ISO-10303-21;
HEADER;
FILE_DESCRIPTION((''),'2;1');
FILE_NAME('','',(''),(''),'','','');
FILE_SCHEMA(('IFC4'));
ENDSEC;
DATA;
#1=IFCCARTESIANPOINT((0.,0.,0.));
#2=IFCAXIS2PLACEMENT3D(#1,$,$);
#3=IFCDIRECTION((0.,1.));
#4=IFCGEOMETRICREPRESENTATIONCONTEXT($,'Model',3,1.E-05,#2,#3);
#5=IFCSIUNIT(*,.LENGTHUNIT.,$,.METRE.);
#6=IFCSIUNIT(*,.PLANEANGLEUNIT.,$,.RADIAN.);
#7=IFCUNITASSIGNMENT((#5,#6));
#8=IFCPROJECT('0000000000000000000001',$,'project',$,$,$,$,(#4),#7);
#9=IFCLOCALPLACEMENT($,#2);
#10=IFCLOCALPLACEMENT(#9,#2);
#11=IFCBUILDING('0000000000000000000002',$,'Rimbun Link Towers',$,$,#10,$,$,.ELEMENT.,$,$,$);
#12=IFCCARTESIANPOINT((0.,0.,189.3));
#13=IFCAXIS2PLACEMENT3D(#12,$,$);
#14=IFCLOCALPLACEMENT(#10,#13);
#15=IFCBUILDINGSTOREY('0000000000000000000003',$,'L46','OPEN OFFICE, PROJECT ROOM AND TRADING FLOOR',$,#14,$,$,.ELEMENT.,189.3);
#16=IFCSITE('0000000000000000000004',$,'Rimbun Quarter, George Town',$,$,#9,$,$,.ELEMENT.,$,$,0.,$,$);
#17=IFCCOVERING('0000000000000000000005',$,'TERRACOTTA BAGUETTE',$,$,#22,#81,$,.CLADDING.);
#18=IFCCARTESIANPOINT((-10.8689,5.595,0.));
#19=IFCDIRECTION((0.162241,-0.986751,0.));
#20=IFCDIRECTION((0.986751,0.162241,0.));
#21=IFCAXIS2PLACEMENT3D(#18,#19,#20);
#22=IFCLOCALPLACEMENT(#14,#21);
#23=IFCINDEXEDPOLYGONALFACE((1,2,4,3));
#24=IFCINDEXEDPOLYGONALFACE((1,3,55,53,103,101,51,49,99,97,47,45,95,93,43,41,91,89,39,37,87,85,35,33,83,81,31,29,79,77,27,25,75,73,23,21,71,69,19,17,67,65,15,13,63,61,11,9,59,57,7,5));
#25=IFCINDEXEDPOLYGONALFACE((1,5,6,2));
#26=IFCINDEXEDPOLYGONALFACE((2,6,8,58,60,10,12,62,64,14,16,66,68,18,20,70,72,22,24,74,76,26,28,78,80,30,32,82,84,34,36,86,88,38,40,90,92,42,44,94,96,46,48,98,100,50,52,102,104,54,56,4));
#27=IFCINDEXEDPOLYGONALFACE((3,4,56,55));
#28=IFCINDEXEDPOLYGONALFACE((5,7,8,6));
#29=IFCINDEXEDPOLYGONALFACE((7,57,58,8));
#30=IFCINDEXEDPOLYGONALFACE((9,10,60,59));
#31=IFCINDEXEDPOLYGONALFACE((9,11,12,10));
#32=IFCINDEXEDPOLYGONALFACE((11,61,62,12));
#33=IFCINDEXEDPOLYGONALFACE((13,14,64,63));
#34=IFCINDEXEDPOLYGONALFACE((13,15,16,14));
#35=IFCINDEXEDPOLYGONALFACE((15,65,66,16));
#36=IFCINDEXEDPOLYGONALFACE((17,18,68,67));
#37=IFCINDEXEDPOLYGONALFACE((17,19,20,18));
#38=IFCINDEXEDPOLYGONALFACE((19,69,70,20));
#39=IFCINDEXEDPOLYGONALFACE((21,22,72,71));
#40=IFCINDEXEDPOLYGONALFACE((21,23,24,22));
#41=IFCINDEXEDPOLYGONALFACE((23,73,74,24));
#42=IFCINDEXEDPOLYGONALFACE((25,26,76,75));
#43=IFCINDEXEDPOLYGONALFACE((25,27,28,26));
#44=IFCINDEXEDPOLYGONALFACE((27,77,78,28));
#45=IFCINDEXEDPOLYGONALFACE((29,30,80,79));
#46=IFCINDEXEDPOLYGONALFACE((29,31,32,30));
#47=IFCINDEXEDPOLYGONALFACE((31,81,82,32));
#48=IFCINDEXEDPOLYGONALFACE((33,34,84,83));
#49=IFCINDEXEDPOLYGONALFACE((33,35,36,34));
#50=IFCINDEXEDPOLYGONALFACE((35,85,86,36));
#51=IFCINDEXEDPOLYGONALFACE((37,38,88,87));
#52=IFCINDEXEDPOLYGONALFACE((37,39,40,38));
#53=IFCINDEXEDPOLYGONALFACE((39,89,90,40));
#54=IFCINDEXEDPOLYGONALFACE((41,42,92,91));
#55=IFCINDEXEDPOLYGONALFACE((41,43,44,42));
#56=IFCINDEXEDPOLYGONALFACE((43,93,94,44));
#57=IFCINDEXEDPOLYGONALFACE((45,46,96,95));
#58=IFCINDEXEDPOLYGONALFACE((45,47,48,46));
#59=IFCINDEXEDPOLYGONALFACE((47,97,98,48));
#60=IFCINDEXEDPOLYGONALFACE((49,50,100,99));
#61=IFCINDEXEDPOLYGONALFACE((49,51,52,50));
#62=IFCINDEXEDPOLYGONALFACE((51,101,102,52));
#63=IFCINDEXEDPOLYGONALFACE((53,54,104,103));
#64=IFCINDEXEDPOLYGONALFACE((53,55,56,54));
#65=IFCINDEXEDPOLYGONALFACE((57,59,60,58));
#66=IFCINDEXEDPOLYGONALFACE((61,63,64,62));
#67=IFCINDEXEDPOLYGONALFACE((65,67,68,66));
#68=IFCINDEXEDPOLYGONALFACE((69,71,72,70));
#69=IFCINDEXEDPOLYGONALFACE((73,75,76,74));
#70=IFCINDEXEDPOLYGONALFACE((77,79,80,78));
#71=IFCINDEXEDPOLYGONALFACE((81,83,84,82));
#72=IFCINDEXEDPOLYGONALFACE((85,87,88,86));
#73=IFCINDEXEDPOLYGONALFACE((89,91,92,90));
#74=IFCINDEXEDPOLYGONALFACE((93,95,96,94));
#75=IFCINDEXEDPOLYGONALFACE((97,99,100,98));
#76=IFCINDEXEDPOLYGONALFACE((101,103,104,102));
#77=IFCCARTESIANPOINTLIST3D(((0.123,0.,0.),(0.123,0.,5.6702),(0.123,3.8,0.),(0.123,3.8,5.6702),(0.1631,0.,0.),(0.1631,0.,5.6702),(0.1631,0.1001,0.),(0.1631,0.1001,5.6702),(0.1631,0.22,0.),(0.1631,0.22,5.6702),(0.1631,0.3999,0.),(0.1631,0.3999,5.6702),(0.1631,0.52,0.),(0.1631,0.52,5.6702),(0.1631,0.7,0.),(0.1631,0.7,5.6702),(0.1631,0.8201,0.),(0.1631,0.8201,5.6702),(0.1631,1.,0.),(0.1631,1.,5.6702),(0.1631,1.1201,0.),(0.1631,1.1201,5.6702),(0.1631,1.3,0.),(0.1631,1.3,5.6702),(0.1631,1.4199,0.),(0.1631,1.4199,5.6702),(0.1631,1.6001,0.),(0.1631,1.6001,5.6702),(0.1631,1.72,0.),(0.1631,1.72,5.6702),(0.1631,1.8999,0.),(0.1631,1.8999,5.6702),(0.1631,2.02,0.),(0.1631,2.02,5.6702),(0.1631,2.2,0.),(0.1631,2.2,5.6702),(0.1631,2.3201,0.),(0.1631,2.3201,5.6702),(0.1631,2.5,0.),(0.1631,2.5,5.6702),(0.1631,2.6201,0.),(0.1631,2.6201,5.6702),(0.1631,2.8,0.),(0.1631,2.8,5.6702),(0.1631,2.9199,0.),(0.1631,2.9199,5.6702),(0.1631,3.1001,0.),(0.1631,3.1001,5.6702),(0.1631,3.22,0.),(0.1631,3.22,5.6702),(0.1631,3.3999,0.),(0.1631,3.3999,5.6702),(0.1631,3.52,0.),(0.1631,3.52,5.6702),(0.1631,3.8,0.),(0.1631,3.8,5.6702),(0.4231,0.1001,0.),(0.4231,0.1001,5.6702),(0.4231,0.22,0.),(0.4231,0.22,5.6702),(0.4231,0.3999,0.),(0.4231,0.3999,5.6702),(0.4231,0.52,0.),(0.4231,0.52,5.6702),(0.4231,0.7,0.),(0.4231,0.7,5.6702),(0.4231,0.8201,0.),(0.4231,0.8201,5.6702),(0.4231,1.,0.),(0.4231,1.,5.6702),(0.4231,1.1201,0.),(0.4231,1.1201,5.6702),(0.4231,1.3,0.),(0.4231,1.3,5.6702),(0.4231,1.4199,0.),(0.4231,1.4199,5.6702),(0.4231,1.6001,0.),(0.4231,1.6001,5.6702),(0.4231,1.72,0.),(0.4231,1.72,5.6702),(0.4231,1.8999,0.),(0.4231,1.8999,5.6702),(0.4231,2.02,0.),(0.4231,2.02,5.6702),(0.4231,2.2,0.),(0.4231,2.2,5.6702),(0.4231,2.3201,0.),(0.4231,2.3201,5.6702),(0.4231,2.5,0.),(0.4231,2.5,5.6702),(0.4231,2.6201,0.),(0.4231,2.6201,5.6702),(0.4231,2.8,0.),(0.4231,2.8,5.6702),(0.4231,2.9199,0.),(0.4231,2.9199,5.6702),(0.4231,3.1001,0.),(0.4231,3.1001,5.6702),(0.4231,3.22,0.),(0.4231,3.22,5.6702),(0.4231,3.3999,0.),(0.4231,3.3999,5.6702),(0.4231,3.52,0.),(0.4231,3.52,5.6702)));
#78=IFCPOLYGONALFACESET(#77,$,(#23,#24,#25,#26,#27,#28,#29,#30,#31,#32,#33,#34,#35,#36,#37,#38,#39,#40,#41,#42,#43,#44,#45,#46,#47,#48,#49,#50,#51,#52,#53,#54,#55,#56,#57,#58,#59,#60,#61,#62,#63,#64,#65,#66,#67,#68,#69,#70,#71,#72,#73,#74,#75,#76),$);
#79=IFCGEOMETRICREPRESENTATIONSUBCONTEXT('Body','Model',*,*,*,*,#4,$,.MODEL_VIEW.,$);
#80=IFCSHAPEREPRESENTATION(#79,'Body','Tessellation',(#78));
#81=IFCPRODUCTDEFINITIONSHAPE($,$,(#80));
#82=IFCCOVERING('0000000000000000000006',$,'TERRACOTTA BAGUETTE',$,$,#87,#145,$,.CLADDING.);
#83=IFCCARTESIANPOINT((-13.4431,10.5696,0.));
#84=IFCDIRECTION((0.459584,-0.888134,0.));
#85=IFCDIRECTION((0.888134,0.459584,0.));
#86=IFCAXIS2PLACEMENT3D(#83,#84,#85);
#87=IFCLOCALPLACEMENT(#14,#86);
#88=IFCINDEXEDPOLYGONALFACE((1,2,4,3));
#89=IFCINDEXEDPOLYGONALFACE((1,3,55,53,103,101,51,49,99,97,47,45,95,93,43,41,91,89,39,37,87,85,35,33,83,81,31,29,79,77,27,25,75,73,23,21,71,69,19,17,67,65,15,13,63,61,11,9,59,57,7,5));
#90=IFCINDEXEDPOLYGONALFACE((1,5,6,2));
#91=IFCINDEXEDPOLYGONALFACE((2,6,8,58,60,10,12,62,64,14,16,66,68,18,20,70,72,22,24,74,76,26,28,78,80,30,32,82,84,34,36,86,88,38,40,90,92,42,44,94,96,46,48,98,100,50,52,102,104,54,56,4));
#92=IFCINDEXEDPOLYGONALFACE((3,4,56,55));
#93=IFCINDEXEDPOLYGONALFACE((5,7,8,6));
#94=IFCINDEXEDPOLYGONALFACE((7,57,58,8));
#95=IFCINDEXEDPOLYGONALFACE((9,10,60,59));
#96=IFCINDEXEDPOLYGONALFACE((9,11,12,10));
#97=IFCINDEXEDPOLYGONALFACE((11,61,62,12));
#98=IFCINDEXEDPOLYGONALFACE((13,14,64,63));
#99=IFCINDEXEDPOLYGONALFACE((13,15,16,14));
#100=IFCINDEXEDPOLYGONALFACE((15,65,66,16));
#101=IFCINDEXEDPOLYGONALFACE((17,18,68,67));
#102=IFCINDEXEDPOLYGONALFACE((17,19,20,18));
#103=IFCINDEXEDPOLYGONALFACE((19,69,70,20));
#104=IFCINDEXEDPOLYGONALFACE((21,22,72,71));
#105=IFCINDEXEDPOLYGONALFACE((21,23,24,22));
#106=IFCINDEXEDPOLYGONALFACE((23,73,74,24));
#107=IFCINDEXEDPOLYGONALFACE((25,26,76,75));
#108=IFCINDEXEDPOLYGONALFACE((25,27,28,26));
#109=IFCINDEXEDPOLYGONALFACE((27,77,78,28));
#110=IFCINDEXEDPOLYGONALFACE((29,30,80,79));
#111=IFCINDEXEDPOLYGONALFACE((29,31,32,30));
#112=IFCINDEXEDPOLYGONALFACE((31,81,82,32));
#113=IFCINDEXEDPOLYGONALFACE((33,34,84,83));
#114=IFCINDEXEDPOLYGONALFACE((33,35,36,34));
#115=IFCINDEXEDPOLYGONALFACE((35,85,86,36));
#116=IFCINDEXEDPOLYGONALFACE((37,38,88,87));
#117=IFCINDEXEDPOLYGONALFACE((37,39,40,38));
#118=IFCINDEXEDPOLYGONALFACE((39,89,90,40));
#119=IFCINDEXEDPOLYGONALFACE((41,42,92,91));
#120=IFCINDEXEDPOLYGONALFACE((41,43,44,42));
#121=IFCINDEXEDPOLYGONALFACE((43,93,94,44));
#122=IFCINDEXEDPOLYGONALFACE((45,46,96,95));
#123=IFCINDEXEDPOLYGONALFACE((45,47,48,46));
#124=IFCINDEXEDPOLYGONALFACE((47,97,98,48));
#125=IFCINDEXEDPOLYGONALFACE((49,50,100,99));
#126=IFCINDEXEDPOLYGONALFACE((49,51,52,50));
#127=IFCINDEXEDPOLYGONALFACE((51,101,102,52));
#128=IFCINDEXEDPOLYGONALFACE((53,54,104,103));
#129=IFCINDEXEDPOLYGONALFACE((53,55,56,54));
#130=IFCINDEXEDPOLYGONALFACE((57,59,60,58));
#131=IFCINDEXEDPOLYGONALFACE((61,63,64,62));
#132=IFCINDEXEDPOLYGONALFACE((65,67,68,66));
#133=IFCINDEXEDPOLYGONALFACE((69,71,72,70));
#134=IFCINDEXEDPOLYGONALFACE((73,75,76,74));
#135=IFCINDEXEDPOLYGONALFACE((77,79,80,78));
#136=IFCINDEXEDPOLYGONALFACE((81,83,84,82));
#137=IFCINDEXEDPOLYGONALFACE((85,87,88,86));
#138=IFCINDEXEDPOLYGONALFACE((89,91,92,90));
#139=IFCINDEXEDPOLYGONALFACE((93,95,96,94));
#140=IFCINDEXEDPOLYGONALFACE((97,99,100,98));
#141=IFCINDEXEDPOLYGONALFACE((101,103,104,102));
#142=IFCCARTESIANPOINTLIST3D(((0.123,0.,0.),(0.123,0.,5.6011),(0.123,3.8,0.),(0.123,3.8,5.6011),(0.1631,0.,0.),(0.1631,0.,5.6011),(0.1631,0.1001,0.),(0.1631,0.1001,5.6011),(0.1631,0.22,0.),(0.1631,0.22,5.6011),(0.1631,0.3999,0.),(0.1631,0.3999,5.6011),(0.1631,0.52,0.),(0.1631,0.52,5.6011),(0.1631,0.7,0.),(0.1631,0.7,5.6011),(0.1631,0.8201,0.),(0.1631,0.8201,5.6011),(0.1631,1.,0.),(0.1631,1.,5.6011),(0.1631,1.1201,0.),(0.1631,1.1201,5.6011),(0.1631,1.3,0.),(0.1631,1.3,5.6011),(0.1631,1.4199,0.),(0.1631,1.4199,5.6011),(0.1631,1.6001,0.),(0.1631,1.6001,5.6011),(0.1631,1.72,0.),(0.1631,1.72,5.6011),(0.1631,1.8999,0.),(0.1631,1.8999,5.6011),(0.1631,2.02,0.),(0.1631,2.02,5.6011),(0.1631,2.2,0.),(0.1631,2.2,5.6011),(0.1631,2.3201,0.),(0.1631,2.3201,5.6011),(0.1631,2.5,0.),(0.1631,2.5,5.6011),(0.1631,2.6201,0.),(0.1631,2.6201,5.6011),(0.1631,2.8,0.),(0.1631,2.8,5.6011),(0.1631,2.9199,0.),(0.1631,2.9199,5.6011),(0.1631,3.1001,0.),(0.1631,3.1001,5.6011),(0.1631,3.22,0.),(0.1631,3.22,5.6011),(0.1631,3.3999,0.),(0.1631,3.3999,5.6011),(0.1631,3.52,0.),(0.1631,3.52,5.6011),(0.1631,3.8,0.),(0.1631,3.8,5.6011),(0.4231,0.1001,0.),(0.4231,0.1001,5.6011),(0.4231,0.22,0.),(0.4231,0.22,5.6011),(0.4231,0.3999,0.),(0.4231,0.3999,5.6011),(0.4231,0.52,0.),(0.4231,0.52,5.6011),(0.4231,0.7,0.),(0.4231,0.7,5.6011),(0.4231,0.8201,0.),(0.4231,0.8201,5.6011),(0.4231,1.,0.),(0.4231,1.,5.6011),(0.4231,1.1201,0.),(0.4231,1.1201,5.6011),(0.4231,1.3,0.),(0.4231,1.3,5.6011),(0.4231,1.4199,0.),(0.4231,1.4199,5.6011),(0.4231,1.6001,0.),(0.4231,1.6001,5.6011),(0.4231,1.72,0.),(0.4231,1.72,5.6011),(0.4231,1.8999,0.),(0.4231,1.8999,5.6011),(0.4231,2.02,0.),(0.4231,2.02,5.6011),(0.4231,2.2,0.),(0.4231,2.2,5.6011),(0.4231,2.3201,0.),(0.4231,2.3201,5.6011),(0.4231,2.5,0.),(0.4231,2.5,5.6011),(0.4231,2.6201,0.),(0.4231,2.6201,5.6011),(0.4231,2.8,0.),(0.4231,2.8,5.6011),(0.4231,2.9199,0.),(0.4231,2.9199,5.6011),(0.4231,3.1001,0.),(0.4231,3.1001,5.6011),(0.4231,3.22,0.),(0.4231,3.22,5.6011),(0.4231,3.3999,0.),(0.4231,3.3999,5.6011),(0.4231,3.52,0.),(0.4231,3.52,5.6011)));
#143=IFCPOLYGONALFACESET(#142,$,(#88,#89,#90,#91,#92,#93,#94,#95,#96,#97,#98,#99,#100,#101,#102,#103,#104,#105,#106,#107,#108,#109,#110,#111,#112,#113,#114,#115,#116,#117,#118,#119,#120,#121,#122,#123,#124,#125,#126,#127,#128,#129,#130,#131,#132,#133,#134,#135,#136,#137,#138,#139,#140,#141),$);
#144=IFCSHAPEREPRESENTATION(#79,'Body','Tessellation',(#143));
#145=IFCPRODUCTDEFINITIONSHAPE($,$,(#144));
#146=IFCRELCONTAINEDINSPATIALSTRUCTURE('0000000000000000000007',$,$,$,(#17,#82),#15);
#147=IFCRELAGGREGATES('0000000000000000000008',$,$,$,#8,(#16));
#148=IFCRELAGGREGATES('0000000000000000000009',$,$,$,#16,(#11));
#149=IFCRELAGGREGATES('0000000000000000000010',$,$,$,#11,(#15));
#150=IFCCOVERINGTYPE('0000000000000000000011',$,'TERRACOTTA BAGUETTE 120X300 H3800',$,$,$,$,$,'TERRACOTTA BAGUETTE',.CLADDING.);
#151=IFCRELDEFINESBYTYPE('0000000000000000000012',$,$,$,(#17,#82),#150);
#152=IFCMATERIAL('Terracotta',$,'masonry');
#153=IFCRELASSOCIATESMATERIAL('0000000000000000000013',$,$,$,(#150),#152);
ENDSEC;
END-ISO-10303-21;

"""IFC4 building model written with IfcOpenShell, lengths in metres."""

from ifc_helpers import new_model, si_unit, direction, frame, origin, place, context, subcontext, project, spatial, polyline, outline, extrude, material, material_profile, profile_set, type_object, element, save


model = new_model("IFC4")

# Units and contexts
model_context = context("Model", 3, precision=1e-05, world=origin(), true_north=direction((0.0, 1.0)))
body_context = subcontext(model_context, "Body", "Model", "MODEL_VIEW")
ifc_project = project(units=[si_unit("LENGTHUNIT", "METRE"), si_unit("PLANEANGLEUNIT", "RADIAN")], contexts=[model_context])

# Site, building, storey
site_placement = place(None, origin())
site = spatial("IfcSite", under=ifc_project, at=site_placement, Name="Rimbun Quarter, George Town", CompositionType="ELEMENT", RefElevation=0.0)
building_placement = place(site_placement, origin())
building = spatial("IfcBuilding", under=site, at=building_placement, Name="Rimbun Link Towers", CompositionType="ELEMENT")
storey_placement = place(building_placement, frame((0.0, 0.0, 189.3)))
storey = spatial("IfcBuildingStorey", under=building, at=storey_placement, Name="L46", Description="OPEN OFFICE, PROJECT ROOM AND TRADING FLOOR", CompositionType="ELEMENT", Elevation=189.3)

# Coverings
ifc_material_1 = material(Name="Terracotta", Category="masonry")
ifc_material_profile_1 = material_profile(ifc_material_1, outline(polyline([(0.123, 0.0), (0.1631, 0.0), (0.1631, 0.1001), (0.4231, 0.1001), (0.4231, 0.22), (0.1631, 0.22), (0.1631, 0.3999), (0.4231, 0.3999), (0.4231, 0.52), (0.1631, 0.52), (0.1631, 0.7), (0.4231, 0.7), (0.4231, 0.8201), (0.1631, 0.8201), (0.1631, 1.0), (0.4231, 1.0), (0.4231, 1.1201), (0.1631, 1.1201), (0.1631, 1.3), (0.4231, 1.3), (0.4231, 1.4199), (0.1631, 1.4199), (0.1631, 1.6001), (0.4231, 1.6001), (0.4231, 1.72), (0.1631, 1.72), (0.1631, 1.8999), (0.4231, 1.8999), (0.4231, 2.02), (0.1631, 2.02), (0.1631, 2.2), (0.4231, 2.2), (0.4231, 2.3201), (0.1631, 2.3201), (0.1631, 2.5), (0.4231, 2.5), (0.4231, 2.6201), (0.1631, 2.6201), (0.1631, 2.8), (0.4231, 2.8), (0.4231, 2.9199), (0.1631, 2.9199), (0.1631, 3.1001), (0.4231, 3.1001), (0.4231, 3.22), (0.1631, 3.22), (0.1631, 3.3999), (0.4231, 3.3999), (0.4231, 3.52), (0.1631, 3.52), (0.1631, 3.8), (0.123, 3.8), (0.123, 0.0)])), Name="BAGUETTE 120X300")
ifc_profile_set_1 = profile_set([ifc_material_profile_1], Name="Terracotta")
covering_type_1 = type_object("IfcCoveringType", Name="TERRACOTTA BAGUETTE 120X300 H3800", ElementType="TERRACOTTA BAGUETTE", PredefinedType="CLADDING", material=ifc_profile_set_1)
covering_1_placement = place(storey_placement, frame((-10.8689, 5.595, 0.0), z_axis=(0.162241, -0.986751, 0.0), x_axis=(0.986751, 0.162241, 0.0)))
element("IfcCovering", 1, at=covering_1_placement, inside=storey, type_object=covering_type_1, Name="TERRACOTTA BAGUETTE", PredefinedType="CLADDING", context=body_context, shape_type="SweptSolid", body=[
    extrude(outline(polyline([(0.123, 0.0), (0.1631, 0.0), (0.1631, 0.1001), (0.4231, 0.1001), (0.4231, 0.22), (0.1631, 0.22), (0.1631, 0.3999), (0.4231, 0.3999), (0.4231, 0.52), (0.1631, 0.52), (0.1631, 0.7), (0.4231, 0.7), (0.4231, 0.8201), (0.1631, 0.8201), (0.1631, 1.0), (0.4231, 1.0), (0.4231, 1.1201), (0.1631, 1.1201), (0.1631, 1.3), (0.4231, 1.3), (0.4231, 1.4199), (0.1631, 1.4199), (0.1631, 1.6001), (0.4231, 1.6001), (0.4231, 1.72), (0.1631, 1.72), (0.1631, 1.8999), (0.4231, 1.8999), (0.4231, 2.02), (0.1631, 2.02), (0.1631, 2.2), (0.4231, 2.2), (0.4231, 2.3201), (0.1631, 2.3201), (0.1631, 2.5), (0.4231, 2.5), (0.4231, 2.6201), (0.1631, 2.6201), (0.1631, 2.8), (0.4231, 2.8), (0.4231, 2.9199), (0.1631, 2.9199), (0.1631, 3.1001), (0.4231, 3.1001), (0.4231, 3.22), (0.1631, 3.22), (0.1631, 3.3999), (0.4231, 3.3999), (0.4231, 3.52), (0.1631, 3.52), (0.1631, 3.8), (0.123, 3.8), (0.123, 0.0)])), origin(), (0.0, 0.0, 1.0), 5.6702),
])
covering_2_placement = place(storey_placement, frame((-13.4431, 10.5696, 0.0), z_axis=(0.459584, -0.888134, 0.0), x_axis=(0.888134, 0.459584, 0.0)))
element("IfcCovering", 2, at=covering_2_placement, inside=storey, type_object=covering_type_1, Name="TERRACOTTA BAGUETTE", PredefinedType="CLADDING", context=body_context, shape_type="SweptSolid", body=[
    extrude(outline(polyline([(0.123, 0.0), (0.1631, 0.0), (0.1631, 0.1001), (0.4231, 0.1001), (0.4231, 0.22), (0.1631, 0.22), (0.1631, 0.3999), (0.4231, 0.3999), (0.4231, 0.52), (0.1631, 0.52), (0.1631, 0.7), (0.4231, 0.7), (0.4231, 0.8201), (0.1631, 0.8201), (0.1631, 1.0), (0.4231, 1.0), (0.4231, 1.1201), (0.1631, 1.1201), (0.1631, 1.3), (0.4231, 1.3), (0.4231, 1.4199), (0.1631, 1.4199), (0.1631, 1.6001), (0.4231, 1.6001), (0.4231, 1.72), (0.1631, 1.72), (0.1631, 1.8999), (0.4231, 1.8999), (0.4231, 2.02), (0.1631, 2.02), (0.1631, 2.2), (0.4231, 2.2), (0.4231, 2.3201), (0.1631, 2.3201), (0.1631, 2.5), (0.4231, 2.5), (0.4231, 2.6201), (0.1631, 2.6201), (0.1631, 2.8), (0.4231, 2.8), (0.4231, 2.9199), (0.1631, 2.9199), (0.1631, 3.1001), (0.4231, 3.1001), (0.4231, 3.22), (0.1631, 3.22), (0.1631, 3.3999), (0.4231, 3.3999), (0.4231, 3.52), (0.1631, 3.52), (0.1631, 3.8), (0.123, 3.8), (0.123, 0.0)])), origin(), (0.0, 0.0, 1.0), 5.6011),
])

save(model, "model.ifc")
